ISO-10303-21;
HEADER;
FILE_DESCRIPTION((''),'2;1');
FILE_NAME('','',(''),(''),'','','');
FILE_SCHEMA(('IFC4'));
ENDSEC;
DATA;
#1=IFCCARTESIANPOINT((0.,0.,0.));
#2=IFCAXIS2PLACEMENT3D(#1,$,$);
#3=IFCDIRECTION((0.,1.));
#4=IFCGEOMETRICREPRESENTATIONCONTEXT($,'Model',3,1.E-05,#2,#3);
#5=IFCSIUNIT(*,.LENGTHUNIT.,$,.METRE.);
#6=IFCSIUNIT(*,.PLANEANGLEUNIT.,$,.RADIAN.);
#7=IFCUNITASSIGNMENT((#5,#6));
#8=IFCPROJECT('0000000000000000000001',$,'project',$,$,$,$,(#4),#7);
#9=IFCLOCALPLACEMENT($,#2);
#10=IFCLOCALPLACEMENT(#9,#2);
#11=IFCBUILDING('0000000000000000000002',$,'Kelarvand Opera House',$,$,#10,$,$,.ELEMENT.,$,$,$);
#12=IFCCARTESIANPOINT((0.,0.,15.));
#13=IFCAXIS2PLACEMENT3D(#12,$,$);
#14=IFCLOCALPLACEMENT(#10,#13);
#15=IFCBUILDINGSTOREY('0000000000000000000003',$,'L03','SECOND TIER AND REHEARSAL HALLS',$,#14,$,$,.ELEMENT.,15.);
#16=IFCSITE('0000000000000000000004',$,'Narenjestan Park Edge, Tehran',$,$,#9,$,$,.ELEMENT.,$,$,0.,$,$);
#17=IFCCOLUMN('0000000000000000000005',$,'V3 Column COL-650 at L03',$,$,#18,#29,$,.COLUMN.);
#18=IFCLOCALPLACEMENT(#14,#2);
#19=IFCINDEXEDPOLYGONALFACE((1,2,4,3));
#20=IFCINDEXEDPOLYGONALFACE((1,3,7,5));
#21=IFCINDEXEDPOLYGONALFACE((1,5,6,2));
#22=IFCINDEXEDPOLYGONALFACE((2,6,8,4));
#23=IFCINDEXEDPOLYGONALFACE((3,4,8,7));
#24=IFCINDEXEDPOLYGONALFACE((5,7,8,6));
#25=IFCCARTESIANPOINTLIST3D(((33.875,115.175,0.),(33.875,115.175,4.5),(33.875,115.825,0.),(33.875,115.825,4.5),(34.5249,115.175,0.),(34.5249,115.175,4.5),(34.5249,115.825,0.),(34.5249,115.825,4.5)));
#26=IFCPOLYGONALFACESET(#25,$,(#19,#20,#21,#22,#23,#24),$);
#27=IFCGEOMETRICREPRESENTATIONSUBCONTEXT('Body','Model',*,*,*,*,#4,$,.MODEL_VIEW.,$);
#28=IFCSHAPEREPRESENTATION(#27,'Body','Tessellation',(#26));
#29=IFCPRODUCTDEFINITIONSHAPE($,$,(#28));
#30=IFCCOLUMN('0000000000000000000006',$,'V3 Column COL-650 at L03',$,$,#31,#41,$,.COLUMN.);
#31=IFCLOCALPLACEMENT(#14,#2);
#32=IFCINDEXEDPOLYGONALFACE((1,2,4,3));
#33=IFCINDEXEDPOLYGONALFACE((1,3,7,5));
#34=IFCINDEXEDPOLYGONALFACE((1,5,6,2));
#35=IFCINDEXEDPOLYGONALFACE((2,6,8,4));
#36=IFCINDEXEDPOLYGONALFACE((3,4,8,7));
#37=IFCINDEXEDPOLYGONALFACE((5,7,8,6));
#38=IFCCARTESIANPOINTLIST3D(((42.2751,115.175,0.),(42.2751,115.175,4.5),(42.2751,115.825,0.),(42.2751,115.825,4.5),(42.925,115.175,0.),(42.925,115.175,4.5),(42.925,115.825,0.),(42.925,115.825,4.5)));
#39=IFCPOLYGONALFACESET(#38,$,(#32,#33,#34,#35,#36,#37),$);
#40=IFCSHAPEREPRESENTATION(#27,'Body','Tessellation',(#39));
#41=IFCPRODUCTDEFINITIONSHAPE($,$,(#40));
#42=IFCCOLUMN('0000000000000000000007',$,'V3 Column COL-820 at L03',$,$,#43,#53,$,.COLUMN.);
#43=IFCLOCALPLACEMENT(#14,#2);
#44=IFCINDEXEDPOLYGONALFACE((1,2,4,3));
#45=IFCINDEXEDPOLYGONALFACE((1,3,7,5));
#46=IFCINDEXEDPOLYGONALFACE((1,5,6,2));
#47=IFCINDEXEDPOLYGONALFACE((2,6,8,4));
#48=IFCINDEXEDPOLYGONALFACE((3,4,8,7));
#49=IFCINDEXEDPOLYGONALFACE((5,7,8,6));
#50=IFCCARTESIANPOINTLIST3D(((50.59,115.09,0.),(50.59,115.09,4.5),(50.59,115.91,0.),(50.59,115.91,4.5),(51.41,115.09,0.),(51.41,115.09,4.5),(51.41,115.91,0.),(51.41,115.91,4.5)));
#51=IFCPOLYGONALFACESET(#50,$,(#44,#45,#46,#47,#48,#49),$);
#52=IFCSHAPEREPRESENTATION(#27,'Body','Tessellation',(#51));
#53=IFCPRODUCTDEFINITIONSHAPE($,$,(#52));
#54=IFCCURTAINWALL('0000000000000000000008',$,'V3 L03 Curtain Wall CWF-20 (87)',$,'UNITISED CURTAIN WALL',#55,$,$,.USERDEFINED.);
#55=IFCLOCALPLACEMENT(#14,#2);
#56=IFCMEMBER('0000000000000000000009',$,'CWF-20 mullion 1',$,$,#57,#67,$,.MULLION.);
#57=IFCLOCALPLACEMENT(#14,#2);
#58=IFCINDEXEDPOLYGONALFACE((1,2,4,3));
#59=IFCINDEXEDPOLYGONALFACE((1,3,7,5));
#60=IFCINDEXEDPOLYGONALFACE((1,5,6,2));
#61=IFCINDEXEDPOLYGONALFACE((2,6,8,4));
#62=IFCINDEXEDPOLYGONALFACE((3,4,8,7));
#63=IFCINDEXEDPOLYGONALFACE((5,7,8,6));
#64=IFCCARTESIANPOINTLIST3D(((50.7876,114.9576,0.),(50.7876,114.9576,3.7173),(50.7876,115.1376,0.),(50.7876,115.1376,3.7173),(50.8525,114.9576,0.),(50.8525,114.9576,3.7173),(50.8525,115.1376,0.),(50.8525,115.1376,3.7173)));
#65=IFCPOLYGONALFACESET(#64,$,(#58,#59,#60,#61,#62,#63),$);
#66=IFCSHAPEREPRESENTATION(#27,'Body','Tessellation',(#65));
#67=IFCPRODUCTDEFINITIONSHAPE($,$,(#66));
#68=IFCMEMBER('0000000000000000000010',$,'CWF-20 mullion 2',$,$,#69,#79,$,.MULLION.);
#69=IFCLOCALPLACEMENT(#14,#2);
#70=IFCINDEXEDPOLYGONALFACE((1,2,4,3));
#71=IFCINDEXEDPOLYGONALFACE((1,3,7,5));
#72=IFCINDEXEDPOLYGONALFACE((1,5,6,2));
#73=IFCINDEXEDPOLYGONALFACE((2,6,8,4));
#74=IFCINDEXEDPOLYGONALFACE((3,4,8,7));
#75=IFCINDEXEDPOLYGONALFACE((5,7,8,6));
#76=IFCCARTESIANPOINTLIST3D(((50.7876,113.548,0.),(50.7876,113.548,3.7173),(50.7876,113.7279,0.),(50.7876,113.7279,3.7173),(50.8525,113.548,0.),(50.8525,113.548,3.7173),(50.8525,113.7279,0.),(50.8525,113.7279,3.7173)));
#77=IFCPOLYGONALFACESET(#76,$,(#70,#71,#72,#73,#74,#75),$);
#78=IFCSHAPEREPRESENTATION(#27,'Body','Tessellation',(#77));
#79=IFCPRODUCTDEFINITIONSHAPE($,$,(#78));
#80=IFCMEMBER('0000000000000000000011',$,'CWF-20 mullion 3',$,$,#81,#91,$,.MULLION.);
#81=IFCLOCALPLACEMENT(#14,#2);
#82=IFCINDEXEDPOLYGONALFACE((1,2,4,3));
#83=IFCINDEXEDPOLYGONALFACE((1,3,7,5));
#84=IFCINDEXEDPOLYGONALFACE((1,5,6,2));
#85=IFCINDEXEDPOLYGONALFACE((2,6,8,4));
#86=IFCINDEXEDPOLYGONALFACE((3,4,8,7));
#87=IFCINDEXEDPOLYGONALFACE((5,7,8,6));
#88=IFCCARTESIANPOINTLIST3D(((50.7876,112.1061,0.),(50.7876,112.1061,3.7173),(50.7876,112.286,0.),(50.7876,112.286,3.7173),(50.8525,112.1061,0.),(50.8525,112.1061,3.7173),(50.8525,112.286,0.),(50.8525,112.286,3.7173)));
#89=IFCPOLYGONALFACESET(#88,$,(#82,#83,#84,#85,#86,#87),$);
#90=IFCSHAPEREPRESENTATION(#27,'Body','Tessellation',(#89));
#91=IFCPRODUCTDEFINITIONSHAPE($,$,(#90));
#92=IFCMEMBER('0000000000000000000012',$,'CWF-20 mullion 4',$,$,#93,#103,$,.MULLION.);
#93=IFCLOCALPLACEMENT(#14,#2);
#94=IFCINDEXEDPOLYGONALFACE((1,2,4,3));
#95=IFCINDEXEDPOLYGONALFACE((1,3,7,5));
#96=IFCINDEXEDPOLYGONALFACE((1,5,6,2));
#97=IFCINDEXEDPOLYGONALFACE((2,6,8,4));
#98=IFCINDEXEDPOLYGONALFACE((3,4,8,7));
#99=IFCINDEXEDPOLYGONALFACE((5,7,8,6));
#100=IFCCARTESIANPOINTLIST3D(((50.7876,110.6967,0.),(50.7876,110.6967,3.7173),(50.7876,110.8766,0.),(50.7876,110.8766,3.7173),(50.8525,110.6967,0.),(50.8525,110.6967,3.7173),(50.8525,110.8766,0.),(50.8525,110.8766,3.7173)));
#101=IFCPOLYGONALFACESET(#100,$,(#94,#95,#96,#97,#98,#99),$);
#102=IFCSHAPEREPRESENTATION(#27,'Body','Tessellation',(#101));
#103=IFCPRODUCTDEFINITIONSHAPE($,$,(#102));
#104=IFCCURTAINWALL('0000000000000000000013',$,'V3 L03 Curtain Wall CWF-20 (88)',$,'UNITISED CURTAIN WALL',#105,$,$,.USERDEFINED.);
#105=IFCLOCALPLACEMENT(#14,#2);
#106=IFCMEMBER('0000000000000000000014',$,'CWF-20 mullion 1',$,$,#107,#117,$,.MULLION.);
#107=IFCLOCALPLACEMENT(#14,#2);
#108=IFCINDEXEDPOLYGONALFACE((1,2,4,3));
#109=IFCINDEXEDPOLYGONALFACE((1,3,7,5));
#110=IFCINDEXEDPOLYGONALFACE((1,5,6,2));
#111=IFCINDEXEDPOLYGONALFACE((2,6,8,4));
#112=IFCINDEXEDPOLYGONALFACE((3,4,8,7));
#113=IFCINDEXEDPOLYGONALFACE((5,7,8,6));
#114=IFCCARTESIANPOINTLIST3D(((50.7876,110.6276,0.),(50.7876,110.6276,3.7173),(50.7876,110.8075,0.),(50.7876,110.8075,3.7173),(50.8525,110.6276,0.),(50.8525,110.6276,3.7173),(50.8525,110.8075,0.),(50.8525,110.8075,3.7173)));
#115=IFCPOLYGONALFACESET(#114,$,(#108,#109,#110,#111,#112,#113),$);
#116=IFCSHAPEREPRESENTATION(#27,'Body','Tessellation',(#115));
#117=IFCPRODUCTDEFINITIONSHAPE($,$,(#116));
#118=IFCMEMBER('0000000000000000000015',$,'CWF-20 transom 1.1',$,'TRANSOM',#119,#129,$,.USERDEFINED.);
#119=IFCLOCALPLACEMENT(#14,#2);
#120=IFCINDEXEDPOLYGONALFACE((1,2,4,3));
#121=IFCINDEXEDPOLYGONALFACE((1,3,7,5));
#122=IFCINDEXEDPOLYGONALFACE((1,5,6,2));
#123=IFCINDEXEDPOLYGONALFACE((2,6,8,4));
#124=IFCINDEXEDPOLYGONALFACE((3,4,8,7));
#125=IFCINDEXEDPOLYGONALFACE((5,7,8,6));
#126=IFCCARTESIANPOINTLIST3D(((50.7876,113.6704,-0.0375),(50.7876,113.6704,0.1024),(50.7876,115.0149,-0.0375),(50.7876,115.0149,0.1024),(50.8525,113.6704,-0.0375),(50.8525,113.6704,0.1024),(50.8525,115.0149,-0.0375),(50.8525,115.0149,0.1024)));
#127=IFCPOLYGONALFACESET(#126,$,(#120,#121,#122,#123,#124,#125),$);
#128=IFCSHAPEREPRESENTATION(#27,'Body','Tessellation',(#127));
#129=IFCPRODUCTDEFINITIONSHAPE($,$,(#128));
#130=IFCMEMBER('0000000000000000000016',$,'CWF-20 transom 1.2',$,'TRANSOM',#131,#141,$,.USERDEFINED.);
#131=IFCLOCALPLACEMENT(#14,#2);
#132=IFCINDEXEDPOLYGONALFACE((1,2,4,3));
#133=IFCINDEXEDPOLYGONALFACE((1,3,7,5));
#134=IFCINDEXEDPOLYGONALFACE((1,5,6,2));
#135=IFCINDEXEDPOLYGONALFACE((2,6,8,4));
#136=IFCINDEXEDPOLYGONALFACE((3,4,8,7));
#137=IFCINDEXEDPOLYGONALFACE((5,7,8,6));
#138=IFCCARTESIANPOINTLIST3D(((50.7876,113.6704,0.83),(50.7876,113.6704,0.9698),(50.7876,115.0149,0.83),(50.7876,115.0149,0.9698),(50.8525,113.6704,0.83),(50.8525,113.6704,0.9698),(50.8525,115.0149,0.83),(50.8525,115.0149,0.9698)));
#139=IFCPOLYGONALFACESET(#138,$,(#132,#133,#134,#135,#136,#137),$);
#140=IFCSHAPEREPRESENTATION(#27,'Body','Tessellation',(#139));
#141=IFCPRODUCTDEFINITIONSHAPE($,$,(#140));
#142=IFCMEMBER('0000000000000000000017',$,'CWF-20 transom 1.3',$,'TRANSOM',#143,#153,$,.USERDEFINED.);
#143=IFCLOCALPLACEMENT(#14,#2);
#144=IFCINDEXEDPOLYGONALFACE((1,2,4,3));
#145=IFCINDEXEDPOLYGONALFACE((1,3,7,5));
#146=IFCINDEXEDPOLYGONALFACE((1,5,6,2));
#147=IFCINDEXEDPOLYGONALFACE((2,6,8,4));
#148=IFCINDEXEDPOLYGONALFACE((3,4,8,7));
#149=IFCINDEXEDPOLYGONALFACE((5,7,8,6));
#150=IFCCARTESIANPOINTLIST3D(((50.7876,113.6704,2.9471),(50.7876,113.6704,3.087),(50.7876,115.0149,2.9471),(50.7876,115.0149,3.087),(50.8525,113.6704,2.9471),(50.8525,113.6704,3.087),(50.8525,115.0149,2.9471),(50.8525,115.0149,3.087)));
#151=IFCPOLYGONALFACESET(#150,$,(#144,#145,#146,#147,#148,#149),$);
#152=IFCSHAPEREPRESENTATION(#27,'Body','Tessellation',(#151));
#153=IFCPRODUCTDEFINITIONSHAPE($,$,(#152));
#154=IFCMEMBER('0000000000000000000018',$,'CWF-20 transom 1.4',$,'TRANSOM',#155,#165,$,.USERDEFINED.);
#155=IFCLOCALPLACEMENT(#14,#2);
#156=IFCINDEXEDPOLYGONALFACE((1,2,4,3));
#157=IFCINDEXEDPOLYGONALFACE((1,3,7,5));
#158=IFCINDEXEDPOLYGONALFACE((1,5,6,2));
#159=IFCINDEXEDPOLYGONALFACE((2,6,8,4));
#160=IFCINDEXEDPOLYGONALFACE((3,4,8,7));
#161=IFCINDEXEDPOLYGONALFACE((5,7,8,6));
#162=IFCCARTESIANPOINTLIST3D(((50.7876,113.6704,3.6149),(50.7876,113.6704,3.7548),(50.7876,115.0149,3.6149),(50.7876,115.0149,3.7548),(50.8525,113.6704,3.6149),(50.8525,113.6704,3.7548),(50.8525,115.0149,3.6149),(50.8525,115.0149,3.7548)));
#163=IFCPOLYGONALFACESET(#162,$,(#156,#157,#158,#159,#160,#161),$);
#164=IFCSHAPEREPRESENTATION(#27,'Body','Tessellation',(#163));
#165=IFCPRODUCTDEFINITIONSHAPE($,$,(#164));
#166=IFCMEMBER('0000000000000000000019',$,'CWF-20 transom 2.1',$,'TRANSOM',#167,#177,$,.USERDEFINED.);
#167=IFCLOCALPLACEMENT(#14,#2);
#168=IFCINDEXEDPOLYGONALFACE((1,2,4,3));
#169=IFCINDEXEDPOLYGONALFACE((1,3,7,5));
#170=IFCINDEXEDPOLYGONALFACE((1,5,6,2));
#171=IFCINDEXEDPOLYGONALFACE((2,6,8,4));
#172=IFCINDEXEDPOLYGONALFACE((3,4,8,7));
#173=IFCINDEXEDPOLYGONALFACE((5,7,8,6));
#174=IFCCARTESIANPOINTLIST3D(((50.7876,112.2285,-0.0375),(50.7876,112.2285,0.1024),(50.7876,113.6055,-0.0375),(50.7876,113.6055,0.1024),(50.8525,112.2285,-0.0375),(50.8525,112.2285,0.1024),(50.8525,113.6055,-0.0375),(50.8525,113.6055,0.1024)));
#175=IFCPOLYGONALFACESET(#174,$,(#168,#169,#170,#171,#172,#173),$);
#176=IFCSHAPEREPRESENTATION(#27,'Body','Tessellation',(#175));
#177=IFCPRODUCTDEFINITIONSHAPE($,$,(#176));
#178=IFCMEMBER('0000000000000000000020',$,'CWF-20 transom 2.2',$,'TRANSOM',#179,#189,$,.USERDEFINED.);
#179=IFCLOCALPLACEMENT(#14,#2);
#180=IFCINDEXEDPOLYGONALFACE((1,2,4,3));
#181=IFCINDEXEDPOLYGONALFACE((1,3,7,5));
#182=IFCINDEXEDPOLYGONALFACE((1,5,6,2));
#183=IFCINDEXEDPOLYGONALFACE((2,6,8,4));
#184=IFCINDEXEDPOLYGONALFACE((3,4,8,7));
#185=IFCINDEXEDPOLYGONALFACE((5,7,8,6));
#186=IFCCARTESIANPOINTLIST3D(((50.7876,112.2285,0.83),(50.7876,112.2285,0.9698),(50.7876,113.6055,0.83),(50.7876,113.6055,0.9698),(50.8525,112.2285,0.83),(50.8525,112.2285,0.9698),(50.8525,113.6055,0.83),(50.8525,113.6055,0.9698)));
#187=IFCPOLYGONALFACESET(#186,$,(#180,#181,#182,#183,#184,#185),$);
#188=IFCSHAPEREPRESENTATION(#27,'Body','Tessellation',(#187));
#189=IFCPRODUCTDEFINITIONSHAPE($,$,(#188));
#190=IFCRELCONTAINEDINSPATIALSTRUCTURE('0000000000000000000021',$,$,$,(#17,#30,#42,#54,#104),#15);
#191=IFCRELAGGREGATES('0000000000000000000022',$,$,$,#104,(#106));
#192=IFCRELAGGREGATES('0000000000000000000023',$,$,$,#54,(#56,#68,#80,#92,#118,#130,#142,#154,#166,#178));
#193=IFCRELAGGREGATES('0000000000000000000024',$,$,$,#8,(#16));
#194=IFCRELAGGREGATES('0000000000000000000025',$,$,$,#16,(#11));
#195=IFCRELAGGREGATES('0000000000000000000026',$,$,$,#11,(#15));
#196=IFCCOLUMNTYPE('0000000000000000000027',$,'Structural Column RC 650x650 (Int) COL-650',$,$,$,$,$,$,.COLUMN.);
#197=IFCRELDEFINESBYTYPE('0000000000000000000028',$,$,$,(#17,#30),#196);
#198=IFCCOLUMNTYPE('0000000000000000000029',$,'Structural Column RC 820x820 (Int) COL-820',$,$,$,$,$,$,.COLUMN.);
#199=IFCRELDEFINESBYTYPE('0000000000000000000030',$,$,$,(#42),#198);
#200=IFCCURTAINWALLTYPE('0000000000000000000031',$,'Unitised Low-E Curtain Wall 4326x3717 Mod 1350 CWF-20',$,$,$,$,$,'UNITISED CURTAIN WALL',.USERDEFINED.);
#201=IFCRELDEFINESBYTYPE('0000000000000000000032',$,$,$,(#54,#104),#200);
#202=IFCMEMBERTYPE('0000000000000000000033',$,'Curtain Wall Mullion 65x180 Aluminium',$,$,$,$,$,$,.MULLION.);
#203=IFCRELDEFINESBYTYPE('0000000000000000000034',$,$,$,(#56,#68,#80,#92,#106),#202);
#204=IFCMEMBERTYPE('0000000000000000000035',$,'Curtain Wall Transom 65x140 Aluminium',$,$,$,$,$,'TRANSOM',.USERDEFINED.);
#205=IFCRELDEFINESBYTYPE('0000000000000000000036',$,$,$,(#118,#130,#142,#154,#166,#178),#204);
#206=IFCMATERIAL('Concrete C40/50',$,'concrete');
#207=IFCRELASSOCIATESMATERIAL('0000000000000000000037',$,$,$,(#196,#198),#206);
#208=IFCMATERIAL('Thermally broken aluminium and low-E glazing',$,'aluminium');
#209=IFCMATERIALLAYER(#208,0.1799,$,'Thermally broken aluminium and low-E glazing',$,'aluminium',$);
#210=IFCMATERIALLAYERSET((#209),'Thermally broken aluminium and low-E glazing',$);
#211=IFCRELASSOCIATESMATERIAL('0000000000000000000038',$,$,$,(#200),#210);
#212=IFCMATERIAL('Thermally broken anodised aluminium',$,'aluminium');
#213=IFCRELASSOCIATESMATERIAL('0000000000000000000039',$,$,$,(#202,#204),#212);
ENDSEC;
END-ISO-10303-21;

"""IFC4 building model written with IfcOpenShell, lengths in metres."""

from ifc_helpers import new_model, si_unit, direction, frame, origin, origin_2d, place, context, subcontext, project, spatial, rectangle, extrude, material, layer, layer_set, material_profile, profile_set, type_object, element, aggregate, save


model = new_model("IFC4")

# Units and contexts
model_context = context("Model", 3, precision=1e-05, world=origin(), true_north=direction((0.0, 1.0)))
body_context = subcontext(model_context, "Body", "Model", "MODEL_VIEW")
ifc_project = project(units=[si_unit("LENGTHUNIT", "METRE"), si_unit("PLANEANGLEUNIT", "RADIAN")], contexts=[model_context])

# Site, building, storey
site_placement = place(None, origin())
site = spatial("IfcSite", under=ifc_project, at=site_placement, Name="Narenjestan Park Edge, Tehran", CompositionType="ELEMENT", RefElevation=0.0)
building_placement = place(site_placement, origin())
building = spatial("IfcBuilding", under=site, at=building_placement, Name="Kelarvand Opera House", CompositionType="ELEMENT")
storey_placement = place(building_placement, frame((0.0, 0.0, 15.0)))
storey = spatial("IfcBuildingStorey", under=building, at=storey_placement, Name="L03", Description="SECOND TIER AND REHEARSAL HALLS", CompositionType="ELEMENT", Elevation=15.0)

# Columns
ifc_material_1 = material(Name="Concrete C40/50", Category="concrete")
ifc_material_profile_1 = material_profile(ifc_material_1, rectangle(XDim=0.6499, YDim=0.6499, at=origin_2d()), Name="RC 650x650", Category="concrete")
ifc_profile_set_1 = profile_set([ifc_material_profile_1], Name="Concrete C40/50")
column_type_1 = type_object("IfcColumnType", Name="Structural Column RC 650x650 (Int) COL-650", PredefinedType="COLUMN", material=ifc_profile_set_1)
for number, where, z_axis, x_axis, name in (
    (1, (34.2, 115.5, 0.0), (0.0, 0.0, 1.0), (1.0, 0.0, 0.0), "V3 Column COL-650 at L03"),
    (2, (42.6001, 115.5, 0.0), (0.0, 0.0, 1.0), (1.0, 0.0, 0.0), "V3 Column COL-650 at L03"),
):
    element("IfcColumn", number, at=place(storey_placement, frame(where, z_axis=z_axis, x_axis=x_axis)), inside=storey, type_object=column_type_1, Name=name, PredefinedType="COLUMN", context=body_context, shape_type="SweptSolid", body=[
        extrude(rectangle(XDim=0.6499, YDim=0.6499, at=origin_2d()), origin(), (0.0, 0.0, 1.0), 4.5),
    ])
ifc_material_profile_2 = material_profile(ifc_material_1, rectangle(XDim=0.8201, YDim=0.8201, at=origin_2d()), Name="RC 820x820", Category="concrete")
ifc_profile_set_2 = profile_set([ifc_material_profile_2], Name="Concrete C40/50")
column_type_2 = type_object("IfcColumnType", Name="Structural Column RC 820x820 (Int) COL-820", PredefinedType="COLUMN", material=ifc_profile_set_2)
column_placement = place(storey_placement, frame((51.0, 115.5, 0.0), z_axis=(0.0, 0.0, 1.0), x_axis=(1.0, 0.0, 0.0)))
element("IfcColumn", 3, at=column_placement, inside=storey, type_object=column_type_2, Name="V3 Column COL-820 at L03", PredefinedType="COLUMN", context=body_context, shape_type="SweptSolid", body=[
    extrude(rectangle(XDim=0.8201, YDim=0.8201, at=origin_2d()), origin(), (0.0, 0.0, 1.0), 4.5),
])

# Curtain wall, members
ifc_material_2 = material(Name="Thermally broken aluminium and low-E glazing", Category="aluminium")
ifc_layer_1 = layer(ifc_material_2, 0.1799, Name="Thermally broken aluminium and low-E glazing", Category="aluminium")
ifc_layer_set_1 = layer_set([ifc_layer_1], Name="Thermally broken aluminium and low-E glazing")
curtain_wall_type = type_object("IfcCurtainWallType", Name="Unitised Low-E Curtain Wall 4326x3717 Mod 1350 CWF-20", ElementType="UNITISED CURTAIN WALL", PredefinedType="USERDEFINED", material=ifc_layer_set_1)
curtain_wall_1_placement = place(storey_placement, origin())
curtain_wall_1 = element("IfcCurtainWall", 4, at=curtain_wall_1_placement, inside=storey, type_object=curtain_wall_type, Name="V3 L03 Curtain Wall CWF-20 (87)", ObjectType="UNITISED CURTAIN WALL", PredefinedType="USERDEFINED")
ifc_material_3 = material(Name="Thermally broken anodised aluminium", Category="aluminium")
ifc_material_profile_3 = material_profile(ifc_material_3, rectangle(XDim=0.0649, YDim=0.1799, at=origin_2d()), Name="ALU MULLION 65x180", Category="aluminium")
ifc_profile_set_3 = profile_set([ifc_material_profile_3], Name="Thermally broken anodised aluminium")
member_type_1 = type_object("IfcMemberType", Name="Curtain Wall Mullion 65x180 Aluminium", PredefinedType="MULLION", material=ifc_profile_set_3)
member_1_placement = place(storey_placement, frame((50.8201, 115.0476, 0.0), z_axis=(0.0, 0.0, 1.0), x_axis=(1.0, 0.0, 0.0)))
member_1 = element("IfcMember", 5, at=member_1_placement, type_object=member_type_1, Name="CWF-20 mullion 1", PredefinedType="MULLION", context=body_context, shape_type="SweptSolid", body=[
    extrude(rectangle(XDim=0.0649, YDim=0.1799, at=origin_2d()), origin(), (0.0, 0.0, 1.0), 3.7173),
])
member_2_placement = place(storey_placement, frame((50.8201, 113.6379, 0.0), z_axis=(0.0, 0.0, 1.0), x_axis=(1.0, 0.0, 0.0)))
member_2 = element("IfcMember", 6, at=member_2_placement, type_object=member_type_1, Name="CWF-20 mullion 2", PredefinedType="MULLION", context=body_context, shape_type="SweptSolid", body=[
    extrude(rectangle(XDim=0.0649, YDim=0.1799, at=origin_2d()), origin(), (0.0, 0.0, 1.0), 3.7173),
])
member_3_placement = place(storey_placement, frame((50.8201, 112.196, 0.0), z_axis=(0.0, 0.0, 1.0), x_axis=(1.0, 0.0, 0.0)))
member_3 = element("IfcMember", 7, at=member_3_placement, type_object=member_type_1, Name="CWF-20 mullion 3", PredefinedType="MULLION", context=body_context, shape_type="SweptSolid", body=[
    extrude(rectangle(XDim=0.0649, YDim=0.1799, at=origin_2d()), origin(), (0.0, 0.0, 1.0), 3.7173),
])
member_4_placement = place(storey_placement, frame((50.8201, 110.7866, 0.0), z_axis=(0.0, 0.0, 1.0), x_axis=(1.0, 0.0, 0.0)))
member_4 = element("IfcMember", 8, at=member_4_placement, type_object=member_type_1, Name="CWF-20 mullion 4", PredefinedType="MULLION", context=body_context, shape_type="SweptSolid", body=[
    extrude(rectangle(XDim=0.0649, YDim=0.1799, at=origin_2d()), origin(), (0.0, 0.0, 1.0), 3.7173),
])

# Curtain wall, member
curtain_wall_2_placement = place(storey_placement, origin())
curtain_wall_2 = element("IfcCurtainWall", 9, at=curtain_wall_2_placement, inside=storey, type_object=curtain_wall_type, Name="V3 L03 Curtain Wall CWF-20 (88)", ObjectType="UNITISED CURTAIN WALL", PredefinedType="USERDEFINED")
member_5_placement = place(storey_placement, frame((50.8201, 110.7175, 0.0), z_axis=(0.0, 0.0, 1.0), x_axis=(1.0, 0.0, 0.0)))
member_5 = element("IfcMember", 10, at=member_5_placement, type_object=member_type_1, Name="CWF-20 mullion 1", PredefinedType="MULLION", context=body_context, shape_type="SweptSolid", body=[
    extrude(rectangle(XDim=0.0649, YDim=0.1799, at=origin_2d()), origin(), (0.0, 0.0, 1.0), 3.7173),
])
aggregate(curtain_wall_2, [member_5])

# Members
ifc_material_profile_4 = material_profile(ifc_material_3, rectangle(XDim=0.0649, YDim=0.1399, at=origin_2d()), Name="ALU TRANSOM 65x140", Category="aluminium")
ifc_profile_set_4 = profile_set([ifc_material_profile_4], Name="Thermally broken anodised aluminium")
member_type_2 = type_object("IfcMemberType", Name="Curtain Wall Transom 65x140 Aluminium", ElementType="TRANSOM", PredefinedType="USERDEFINED", material=ifc_profile_set_4)
member_6_placement = place(storey_placement, frame((50.8201, 115.0149, 0.0325), z_axis=(0.0, -1.0, 0.0), x_axis=(1.0, 0.0, 0.0)))
member_6 = element("IfcMember", 11, at=member_6_placement, type_object=member_type_2, Name="CWF-20 transom 1.1", ObjectType="TRANSOM", PredefinedType="USERDEFINED", context=body_context, shape_type="SweptSolid", body=[
    extrude(rectangle(XDim=0.0649, YDim=0.1399, at=origin_2d()), origin(), (0.0, 0.0, 1.0), 1.3445),
])
member_7_placement = place(storey_placement, frame((50.8201, 115.0149, 0.8999), z_axis=(0.0, -1.0, 0.0), x_axis=(1.0, 0.0, 0.0)))
member_7 = element("IfcMember", 12, at=member_7_placement, type_object=member_type_2, Name="CWF-20 transom 1.2", ObjectType="TRANSOM", PredefinedType="USERDEFINED", context=body_context, shape_type="SweptSolid", body=[
    extrude(rectangle(XDim=0.0649, YDim=0.1399, at=origin_2d()), origin(), (0.0, 0.0, 1.0), 1.3445),
])
member_8_placement = place(storey_placement, frame((50.8201, 115.0149, 3.0171), z_axis=(0.0, -1.0, 0.0), x_axis=(1.0, 0.0, 0.0)))
member_8 = element("IfcMember", 13, at=member_8_placement, type_object=member_type_2, Name="CWF-20 transom 1.3", ObjectType="TRANSOM", PredefinedType="USERDEFINED", context=body_context, shape_type="SweptSolid", body=[
    extrude(rectangle(XDim=0.0649, YDim=0.1399, at=origin_2d()), origin(), (0.0, 0.0, 1.0), 1.3445),
])
member_9_placement = place(storey_placement, frame((50.8201, 115.0149, 3.6848), z_axis=(0.0, -1.0, 0.0), x_axis=(1.0, 0.0, 0.0)))
member_9 = element("IfcMember", 14, at=member_9_placement, type_object=member_type_2, Name="CWF-20 transom 1.4", ObjectType="TRANSOM", PredefinedType="USERDEFINED", context=body_context, shape_type="SweptSolid", body=[
    extrude(rectangle(XDim=0.0649, YDim=0.1399, at=origin_2d()), origin(), (0.0, 0.0, 1.0), 1.3445),
])
member_10_placement = place(storey_placement, frame((50.8201, 113.6055, 0.0325), z_axis=(0.0, -1.0, 0.0), x_axis=(1.0, 0.0, 0.0)))
member_10 = element("IfcMember", 15, at=member_10_placement, type_object=member_type_2, Name="CWF-20 transom 2.1", ObjectType="TRANSOM", PredefinedType="USERDEFINED", context=body_context, shape_type="SweptSolid", body=[
    extrude(rectangle(XDim=0.0649, YDim=0.1399, at=origin_2d()), origin(), (0.0, 0.0, 1.0), 1.377),
])
member_11_placement = place(storey_placement, frame((50.8201, 113.6055, 0.8999), z_axis=(0.0, -1.0, 0.0), x_axis=(1.0, 0.0, 0.0)))
member_11 = element("IfcMember", 16, at=member_11_placement, type_object=member_type_2, Name="CWF-20 transom 2.2", ObjectType="TRANSOM", PredefinedType="USERDEFINED", context=body_context, shape_type="SweptSolid", body=[
    extrude(rectangle(XDim=0.0649, YDim=0.1399, at=origin_2d()), origin(), (0.0, 0.0, 1.0), 1.377),
])

aggregate(curtain_wall_1, [member_1, member_2, member_3, member_4, member_6, member_7, member_8, member_9, member_10, member_11])

save(model, "model.ifc")
